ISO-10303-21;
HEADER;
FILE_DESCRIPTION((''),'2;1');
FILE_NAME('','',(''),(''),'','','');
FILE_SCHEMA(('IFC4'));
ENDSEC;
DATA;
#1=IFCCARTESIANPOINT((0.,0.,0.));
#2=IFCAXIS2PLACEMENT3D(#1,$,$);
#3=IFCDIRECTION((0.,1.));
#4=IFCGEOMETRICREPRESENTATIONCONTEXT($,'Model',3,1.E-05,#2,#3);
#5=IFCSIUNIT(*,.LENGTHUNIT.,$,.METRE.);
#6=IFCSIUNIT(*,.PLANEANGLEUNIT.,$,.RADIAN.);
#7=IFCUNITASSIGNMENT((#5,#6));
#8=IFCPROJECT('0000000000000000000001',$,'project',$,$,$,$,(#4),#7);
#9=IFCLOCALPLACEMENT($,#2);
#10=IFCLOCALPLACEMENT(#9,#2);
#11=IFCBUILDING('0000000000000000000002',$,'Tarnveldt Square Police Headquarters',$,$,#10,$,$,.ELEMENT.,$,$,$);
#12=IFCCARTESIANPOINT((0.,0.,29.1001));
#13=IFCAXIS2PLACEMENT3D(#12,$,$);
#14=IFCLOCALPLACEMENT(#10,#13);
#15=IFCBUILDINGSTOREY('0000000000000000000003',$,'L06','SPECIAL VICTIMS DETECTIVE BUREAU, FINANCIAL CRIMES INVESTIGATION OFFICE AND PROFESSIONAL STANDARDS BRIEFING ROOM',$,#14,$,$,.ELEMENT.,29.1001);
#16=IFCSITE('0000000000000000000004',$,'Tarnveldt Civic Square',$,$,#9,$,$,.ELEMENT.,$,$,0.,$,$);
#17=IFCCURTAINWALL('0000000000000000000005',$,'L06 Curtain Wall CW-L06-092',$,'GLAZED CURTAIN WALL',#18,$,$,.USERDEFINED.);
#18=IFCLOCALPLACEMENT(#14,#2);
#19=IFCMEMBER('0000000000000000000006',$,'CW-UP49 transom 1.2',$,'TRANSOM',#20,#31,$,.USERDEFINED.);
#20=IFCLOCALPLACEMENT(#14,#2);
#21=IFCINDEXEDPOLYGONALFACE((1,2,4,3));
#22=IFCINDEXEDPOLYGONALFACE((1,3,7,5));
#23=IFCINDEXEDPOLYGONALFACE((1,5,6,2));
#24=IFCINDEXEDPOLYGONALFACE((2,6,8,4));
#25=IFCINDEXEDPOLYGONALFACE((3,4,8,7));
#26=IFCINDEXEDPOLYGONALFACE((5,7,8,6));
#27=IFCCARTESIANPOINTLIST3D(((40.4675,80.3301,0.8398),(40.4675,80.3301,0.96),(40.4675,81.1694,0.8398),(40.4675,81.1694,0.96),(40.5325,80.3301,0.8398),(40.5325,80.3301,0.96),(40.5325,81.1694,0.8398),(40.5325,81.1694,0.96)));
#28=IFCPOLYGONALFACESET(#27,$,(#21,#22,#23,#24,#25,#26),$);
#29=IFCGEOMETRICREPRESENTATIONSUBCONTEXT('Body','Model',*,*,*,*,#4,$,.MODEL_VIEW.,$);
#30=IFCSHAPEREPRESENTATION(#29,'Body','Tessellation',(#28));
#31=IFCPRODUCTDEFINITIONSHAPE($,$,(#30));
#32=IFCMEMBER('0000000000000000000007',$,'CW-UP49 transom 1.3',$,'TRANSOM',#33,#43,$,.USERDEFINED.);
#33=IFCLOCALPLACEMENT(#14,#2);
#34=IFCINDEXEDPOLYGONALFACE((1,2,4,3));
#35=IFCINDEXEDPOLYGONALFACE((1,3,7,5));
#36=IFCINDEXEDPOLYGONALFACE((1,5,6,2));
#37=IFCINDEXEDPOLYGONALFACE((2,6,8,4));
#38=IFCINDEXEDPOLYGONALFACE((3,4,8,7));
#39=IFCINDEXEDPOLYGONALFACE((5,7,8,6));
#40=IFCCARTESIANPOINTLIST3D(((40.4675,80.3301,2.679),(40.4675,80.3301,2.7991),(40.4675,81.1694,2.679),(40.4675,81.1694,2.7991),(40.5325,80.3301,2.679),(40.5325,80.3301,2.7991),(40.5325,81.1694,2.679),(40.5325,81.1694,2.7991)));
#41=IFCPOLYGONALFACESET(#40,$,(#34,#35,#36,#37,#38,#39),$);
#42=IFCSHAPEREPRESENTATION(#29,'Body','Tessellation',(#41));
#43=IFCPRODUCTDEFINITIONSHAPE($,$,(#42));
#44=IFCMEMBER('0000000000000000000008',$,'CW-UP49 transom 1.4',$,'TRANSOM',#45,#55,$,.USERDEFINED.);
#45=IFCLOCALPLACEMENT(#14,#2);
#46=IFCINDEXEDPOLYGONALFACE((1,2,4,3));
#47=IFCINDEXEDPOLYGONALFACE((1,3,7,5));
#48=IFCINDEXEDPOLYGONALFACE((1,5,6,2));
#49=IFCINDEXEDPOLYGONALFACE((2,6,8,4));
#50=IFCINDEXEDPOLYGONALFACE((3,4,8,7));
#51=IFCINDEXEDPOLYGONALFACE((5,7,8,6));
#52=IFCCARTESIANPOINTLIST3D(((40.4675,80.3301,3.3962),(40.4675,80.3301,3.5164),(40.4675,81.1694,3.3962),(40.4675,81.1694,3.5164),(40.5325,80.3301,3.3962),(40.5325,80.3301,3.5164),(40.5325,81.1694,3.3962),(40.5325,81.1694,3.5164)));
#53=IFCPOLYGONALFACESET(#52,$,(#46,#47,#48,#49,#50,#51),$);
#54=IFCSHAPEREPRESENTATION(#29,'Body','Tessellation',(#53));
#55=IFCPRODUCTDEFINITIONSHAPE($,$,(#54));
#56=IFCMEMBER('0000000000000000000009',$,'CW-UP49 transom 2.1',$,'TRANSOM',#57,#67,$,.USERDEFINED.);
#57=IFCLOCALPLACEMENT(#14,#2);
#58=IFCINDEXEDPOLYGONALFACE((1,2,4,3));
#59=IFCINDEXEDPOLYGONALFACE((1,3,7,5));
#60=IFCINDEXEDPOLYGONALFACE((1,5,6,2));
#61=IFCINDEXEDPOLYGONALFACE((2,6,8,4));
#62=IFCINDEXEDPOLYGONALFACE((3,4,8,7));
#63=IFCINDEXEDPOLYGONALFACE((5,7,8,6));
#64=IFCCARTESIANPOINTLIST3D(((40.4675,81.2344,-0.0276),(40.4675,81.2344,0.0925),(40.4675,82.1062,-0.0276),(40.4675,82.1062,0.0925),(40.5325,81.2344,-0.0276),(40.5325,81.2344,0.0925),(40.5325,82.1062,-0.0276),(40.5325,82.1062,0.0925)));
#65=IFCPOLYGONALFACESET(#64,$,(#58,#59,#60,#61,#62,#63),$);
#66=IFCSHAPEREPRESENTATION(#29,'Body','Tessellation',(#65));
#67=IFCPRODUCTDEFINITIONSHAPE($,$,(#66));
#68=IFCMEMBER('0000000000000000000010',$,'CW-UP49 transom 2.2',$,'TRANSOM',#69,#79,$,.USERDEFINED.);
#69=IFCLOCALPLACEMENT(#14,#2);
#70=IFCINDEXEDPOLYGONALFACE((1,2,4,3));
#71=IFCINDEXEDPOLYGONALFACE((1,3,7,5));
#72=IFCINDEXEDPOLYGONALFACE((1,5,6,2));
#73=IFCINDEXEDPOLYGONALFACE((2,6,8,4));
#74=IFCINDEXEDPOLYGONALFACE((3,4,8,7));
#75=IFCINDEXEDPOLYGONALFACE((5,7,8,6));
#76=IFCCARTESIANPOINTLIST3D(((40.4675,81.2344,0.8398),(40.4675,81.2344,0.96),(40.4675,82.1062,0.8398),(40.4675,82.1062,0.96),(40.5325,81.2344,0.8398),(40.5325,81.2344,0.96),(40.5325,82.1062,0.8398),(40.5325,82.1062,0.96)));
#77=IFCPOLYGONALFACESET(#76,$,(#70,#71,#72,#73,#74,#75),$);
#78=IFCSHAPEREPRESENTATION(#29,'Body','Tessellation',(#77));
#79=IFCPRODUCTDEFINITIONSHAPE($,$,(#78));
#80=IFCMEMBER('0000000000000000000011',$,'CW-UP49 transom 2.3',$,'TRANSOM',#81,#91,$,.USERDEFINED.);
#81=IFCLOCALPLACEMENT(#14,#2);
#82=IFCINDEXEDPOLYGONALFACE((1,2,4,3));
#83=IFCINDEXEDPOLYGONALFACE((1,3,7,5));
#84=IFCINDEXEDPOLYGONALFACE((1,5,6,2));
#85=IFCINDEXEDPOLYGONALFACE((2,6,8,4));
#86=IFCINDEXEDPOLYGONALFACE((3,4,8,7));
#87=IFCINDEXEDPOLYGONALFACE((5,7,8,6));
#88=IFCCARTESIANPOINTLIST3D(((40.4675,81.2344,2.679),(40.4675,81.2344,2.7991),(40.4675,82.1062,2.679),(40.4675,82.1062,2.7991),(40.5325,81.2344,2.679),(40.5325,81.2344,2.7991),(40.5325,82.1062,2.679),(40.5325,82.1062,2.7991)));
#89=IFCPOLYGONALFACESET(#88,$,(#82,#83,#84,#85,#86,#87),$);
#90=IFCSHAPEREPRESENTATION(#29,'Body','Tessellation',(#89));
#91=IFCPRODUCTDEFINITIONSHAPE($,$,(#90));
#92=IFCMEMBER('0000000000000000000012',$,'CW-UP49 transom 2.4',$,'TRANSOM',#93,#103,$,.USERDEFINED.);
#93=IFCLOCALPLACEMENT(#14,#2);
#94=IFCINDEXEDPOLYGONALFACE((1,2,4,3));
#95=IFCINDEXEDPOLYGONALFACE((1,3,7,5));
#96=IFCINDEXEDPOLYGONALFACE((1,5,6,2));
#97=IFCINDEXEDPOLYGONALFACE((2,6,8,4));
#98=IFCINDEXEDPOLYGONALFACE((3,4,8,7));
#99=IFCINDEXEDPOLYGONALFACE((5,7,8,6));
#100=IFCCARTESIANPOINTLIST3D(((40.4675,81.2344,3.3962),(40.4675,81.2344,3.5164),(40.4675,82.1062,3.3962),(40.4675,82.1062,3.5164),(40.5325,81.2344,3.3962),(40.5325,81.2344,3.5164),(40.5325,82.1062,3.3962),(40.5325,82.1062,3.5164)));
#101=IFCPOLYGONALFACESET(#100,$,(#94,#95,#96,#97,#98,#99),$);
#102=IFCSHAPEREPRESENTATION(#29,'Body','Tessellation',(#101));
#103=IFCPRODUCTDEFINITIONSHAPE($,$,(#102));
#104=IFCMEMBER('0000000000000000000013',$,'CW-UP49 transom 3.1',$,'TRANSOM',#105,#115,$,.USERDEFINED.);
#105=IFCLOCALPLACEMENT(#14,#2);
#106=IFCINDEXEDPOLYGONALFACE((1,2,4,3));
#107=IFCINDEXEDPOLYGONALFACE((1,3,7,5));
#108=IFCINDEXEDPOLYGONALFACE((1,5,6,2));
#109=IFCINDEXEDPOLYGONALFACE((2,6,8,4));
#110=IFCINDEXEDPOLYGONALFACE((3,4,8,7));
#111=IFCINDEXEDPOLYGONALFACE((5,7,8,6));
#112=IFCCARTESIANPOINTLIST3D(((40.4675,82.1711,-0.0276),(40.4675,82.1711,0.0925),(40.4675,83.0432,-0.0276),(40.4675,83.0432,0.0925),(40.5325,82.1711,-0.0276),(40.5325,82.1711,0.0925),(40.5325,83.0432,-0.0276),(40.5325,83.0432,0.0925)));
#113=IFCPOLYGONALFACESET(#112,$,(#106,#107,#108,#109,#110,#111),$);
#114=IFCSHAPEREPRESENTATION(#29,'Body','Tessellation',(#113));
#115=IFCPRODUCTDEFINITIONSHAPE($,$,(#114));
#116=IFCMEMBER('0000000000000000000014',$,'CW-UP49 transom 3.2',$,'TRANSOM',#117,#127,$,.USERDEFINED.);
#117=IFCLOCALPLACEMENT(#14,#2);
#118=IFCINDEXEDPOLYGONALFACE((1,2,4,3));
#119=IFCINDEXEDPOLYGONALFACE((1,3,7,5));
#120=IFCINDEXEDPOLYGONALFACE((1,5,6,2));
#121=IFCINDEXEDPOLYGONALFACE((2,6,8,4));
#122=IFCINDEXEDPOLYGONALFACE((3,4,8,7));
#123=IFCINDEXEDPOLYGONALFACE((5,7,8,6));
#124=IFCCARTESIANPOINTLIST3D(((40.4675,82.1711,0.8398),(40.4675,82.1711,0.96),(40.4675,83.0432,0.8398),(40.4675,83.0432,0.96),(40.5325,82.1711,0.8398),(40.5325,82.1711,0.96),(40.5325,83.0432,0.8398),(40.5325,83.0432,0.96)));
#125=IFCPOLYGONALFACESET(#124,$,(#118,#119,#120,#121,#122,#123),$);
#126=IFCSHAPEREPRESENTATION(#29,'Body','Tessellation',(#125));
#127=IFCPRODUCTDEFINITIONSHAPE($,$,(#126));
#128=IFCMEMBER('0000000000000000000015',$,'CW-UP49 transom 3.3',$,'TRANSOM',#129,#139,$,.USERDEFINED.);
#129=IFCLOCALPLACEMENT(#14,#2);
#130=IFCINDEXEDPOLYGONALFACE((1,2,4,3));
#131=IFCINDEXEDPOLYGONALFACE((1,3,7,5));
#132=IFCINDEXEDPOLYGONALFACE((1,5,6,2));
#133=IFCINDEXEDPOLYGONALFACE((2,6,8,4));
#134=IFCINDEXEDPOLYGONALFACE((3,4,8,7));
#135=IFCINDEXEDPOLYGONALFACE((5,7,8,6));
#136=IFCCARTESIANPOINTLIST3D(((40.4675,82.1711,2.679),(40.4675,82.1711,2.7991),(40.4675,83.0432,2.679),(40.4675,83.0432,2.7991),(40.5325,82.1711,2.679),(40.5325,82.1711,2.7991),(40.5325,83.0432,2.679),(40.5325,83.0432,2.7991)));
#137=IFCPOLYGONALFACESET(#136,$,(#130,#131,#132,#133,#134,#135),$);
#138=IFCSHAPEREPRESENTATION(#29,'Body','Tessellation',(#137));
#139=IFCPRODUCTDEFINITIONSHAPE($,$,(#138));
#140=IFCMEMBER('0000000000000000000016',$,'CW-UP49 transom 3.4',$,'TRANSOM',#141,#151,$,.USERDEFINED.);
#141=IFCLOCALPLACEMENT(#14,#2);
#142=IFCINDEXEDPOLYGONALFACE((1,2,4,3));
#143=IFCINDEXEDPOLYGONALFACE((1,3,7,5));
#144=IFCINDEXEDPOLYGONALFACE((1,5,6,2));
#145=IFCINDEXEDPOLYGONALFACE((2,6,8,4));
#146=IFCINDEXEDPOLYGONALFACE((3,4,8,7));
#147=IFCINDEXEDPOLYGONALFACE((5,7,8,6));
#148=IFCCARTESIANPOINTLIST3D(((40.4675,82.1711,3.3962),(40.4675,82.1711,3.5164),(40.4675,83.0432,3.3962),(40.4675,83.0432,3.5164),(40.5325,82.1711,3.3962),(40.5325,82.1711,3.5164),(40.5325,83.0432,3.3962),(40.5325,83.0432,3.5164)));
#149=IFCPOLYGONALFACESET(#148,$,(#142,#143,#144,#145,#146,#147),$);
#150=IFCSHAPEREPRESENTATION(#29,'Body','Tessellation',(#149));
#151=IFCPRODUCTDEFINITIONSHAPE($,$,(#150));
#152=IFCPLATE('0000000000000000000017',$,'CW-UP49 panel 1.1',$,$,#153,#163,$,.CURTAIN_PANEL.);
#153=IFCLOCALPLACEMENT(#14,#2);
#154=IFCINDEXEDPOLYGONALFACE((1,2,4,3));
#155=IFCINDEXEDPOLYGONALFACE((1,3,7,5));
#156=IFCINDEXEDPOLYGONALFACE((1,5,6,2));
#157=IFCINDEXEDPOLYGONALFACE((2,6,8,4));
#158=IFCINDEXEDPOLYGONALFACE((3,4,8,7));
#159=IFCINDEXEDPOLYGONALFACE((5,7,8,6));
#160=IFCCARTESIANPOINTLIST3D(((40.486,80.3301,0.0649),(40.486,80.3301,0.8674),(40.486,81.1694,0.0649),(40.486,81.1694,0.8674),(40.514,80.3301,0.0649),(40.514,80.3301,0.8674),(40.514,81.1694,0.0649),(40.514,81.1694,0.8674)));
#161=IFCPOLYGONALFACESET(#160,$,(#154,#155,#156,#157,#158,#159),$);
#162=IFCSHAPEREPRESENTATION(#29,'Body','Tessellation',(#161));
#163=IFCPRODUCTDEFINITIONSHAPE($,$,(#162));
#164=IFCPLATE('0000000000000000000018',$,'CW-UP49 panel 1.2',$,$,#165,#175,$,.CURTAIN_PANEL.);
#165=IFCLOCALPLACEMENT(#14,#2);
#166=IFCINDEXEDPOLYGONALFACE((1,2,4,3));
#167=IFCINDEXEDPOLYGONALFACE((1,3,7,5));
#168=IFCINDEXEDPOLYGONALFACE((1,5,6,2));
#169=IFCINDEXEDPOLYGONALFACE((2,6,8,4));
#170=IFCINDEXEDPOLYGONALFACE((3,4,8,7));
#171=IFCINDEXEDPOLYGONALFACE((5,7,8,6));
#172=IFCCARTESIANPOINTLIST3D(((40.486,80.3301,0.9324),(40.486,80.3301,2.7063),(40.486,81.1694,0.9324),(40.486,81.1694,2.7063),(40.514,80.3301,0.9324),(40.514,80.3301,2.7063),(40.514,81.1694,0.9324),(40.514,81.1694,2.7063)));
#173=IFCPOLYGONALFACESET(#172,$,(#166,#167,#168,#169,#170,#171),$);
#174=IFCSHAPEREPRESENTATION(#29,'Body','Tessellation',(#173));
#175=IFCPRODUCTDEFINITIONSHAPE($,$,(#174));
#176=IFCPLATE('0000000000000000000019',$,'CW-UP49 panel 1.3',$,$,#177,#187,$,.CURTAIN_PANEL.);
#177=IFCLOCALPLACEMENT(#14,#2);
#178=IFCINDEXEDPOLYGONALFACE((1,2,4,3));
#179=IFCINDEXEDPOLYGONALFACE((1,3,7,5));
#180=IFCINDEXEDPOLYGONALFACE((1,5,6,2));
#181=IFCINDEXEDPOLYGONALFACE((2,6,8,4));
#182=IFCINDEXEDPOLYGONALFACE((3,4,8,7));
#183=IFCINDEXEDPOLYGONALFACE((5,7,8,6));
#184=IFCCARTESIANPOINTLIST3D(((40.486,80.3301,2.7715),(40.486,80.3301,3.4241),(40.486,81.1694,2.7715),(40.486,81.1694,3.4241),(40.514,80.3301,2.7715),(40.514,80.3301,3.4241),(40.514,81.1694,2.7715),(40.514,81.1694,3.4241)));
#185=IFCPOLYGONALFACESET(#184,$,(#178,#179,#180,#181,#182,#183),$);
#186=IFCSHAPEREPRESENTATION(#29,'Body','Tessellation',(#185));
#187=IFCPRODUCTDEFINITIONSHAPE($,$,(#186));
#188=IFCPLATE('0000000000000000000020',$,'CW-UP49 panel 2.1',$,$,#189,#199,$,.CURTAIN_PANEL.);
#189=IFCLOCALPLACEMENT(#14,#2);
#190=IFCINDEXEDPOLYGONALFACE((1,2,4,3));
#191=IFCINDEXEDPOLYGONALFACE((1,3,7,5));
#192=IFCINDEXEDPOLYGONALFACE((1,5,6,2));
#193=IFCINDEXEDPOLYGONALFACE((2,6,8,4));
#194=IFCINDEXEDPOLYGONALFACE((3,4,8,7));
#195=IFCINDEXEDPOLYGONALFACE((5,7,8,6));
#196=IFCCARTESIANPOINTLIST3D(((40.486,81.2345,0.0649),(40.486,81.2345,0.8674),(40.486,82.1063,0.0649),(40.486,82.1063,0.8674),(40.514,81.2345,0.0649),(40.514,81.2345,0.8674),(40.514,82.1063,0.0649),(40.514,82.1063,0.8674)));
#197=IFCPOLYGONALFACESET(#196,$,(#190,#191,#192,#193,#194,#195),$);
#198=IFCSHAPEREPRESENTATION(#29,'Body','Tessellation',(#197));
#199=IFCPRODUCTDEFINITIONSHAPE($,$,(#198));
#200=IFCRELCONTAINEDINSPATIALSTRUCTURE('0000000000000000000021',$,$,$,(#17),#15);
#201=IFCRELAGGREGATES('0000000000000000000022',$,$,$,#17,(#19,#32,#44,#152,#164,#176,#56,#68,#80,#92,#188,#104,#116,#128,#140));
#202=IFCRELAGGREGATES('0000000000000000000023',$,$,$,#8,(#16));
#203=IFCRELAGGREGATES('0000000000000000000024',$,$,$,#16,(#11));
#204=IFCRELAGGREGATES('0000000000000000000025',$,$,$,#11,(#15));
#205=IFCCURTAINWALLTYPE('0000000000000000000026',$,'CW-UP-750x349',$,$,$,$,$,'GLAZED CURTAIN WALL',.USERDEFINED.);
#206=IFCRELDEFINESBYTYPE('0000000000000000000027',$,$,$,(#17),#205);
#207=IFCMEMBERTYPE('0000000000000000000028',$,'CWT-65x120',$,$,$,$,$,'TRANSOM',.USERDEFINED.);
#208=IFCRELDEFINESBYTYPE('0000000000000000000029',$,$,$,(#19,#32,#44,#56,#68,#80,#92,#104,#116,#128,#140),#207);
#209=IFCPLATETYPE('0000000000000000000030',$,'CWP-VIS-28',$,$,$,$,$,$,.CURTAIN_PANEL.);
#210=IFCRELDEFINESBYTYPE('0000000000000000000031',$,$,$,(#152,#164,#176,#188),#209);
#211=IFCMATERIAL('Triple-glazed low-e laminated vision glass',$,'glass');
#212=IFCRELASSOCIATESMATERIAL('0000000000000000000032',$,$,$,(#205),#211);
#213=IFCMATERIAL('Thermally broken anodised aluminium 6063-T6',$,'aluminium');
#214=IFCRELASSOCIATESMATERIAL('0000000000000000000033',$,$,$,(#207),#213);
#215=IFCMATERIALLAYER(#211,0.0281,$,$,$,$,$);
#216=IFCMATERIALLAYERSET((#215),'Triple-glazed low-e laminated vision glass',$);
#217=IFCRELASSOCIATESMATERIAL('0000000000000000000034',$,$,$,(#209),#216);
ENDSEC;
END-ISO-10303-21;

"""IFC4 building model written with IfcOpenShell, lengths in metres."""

from ifc_helpers import new_model, si_unit, direction, frame, origin, origin_2d, place, context, subcontext, project, spatial, rectangle, extrude, material, layer, layer_set, material_profile, profile_set, type_object, element, aggregate, save


model = new_model("IFC4")

# Units and contexts
model_context = context("Model", 3, precision=1e-05, world=origin(), true_north=direction((0.0, 1.0)))
body_context = subcontext(model_context, "Body", "Model", "MODEL_VIEW")
ifc_project = project(units=[si_unit("LENGTHUNIT", "METRE"), si_unit("PLANEANGLEUNIT", "RADIAN")], contexts=[model_context])

# Site, building, storey
site_placement = place(None, origin())
site = spatial("IfcSite", under=ifc_project, at=site_placement, Name="Tarnveldt Civic Square", CompositionType="ELEMENT", RefElevation=0.0)
building_placement = place(site_placement, origin())
building = spatial("IfcBuilding", under=site, at=building_placement, Name="Tarnveldt Square Police Headquarters", CompositionType="ELEMENT")
storey_placement = place(building_placement, frame((0.0, 0.0, 29.1001)))
storey = spatial("IfcBuildingStorey", under=building, at=storey_placement, Name="L06", Description="SPECIAL VICTIMS DETECTIVE BUREAU, FINANCIAL CRIMES INVESTIGATION OFFICE AND PROFESSIONAL STANDARDS BRIEFING ROOM", CompositionType="ELEMENT", Elevation=29.1001)

# Curtain wall, members, plates
ifc_material_1 = material(Name="Triple-glazed low-e laminated vision glass", Category="glass")
curtain_wall_type = type_object("IfcCurtainWallType", Name="CW-UP-750x349", ElementType="GLAZED CURTAIN WALL", PredefinedType="USERDEFINED", material=ifc_material_1)
curtain_wall_placement = place(storey_placement, origin())
curtain_wall = element("IfcCurtainWall", 1, at=curtain_wall_placement, inside=storey, type_object=curtain_wall_type, Name="L06 Curtain Wall CW-L06-092", ObjectType="GLAZED CURTAIN WALL", PredefinedType="USERDEFINED")
ifc_material_2 = material(Name="Thermally broken anodised aluminium 6063-T6", Category="aluminium")
ifc_material_profile_1 = material_profile(ifc_material_2, rectangle(XDim=0.0649, YDim=0.1201, at=origin_2d()), Name="CW-T65x120")
ifc_profile_set_1 = profile_set([ifc_material_profile_1], Name="Thermally broken anodised aluminium 6063-T6")
member_type_1 = type_object("IfcMemberType", Name="CWT-65x120", ElementType="TRANSOM", PredefinedType="USERDEFINED", material=ifc_profile_set_1)
member_1_placement = place(storey_placement, frame((40.5, 80.3301, 0.8999), z_axis=(0.0, 1.0, 0.0), x_axis=(-1.0, 0.0, 0.0)))
member_1 = element("IfcMember", 2, at=member_1_placement, type_object=member_type_1, Name="CW-UP49 transom 1.2", ObjectType="TRANSOM", PredefinedType="USERDEFINED", context=body_context, shape_type="SweptSolid", body=[
    extrude(rectangle(XDim=0.0649, YDim=0.1201, at=origin_2d()), origin(), (0.0, 0.0, 1.0), 0.8394),
])
member_2_placement = place(storey_placement, frame((40.5, 80.3301, 2.739), z_axis=(0.0, 1.0, 0.0), x_axis=(-1.0, 0.0, 0.0)))
member_2 = element("IfcMember", 3, at=member_2_placement, type_object=member_type_1, Name="CW-UP49 transom 1.3", ObjectType="TRANSOM", PredefinedType="USERDEFINED", context=body_context, shape_type="SweptSolid", body=[
    extrude(rectangle(XDim=0.0649, YDim=0.1201, at=origin_2d()), origin(), (0.0, 0.0, 1.0), 0.8394),
])
member_3_placement = place(storey_placement, frame((40.5, 80.3301, 3.4563), z_axis=(0.0, 1.0, 0.0), x_axis=(-1.0, 0.0, 0.0)))
member_3 = element("IfcMember", 4, at=member_3_placement, type_object=member_type_1, Name="CW-UP49 transom 1.4", ObjectType="TRANSOM", PredefinedType="USERDEFINED", context=body_context, shape_type="SweptSolid", body=[
    extrude(rectangle(XDim=0.0649, YDim=0.1201, at=origin_2d()), origin(), (0.0, 0.0, 1.0), 0.8394),
])
member_4_placement = place(storey_placement, frame((40.5, 81.2344, 0.0325), z_axis=(0.0, 1.0, 0.0), x_axis=(-1.0, 0.0, 0.0)))
member_4 = element("IfcMember", 5, at=member_4_placement, type_object=member_type_1, Name="CW-UP49 transom 2.1", ObjectType="TRANSOM", PredefinedType="USERDEFINED", context=body_context, shape_type="SweptSolid", body=[
    extrude(rectangle(XDim=0.0649, YDim=0.1201, at=origin_2d()), origin(), (0.0, 0.0, 1.0), 0.8718),
])
member_5_placement = place(storey_placement, frame((40.5, 81.2344, 0.8999), z_axis=(0.0, 1.0, 0.0), x_axis=(-1.0, 0.0, 0.0)))
member_5 = element("IfcMember", 6, at=member_5_placement, type_object=member_type_1, Name="CW-UP49 transom 2.2", ObjectType="TRANSOM", PredefinedType="USERDEFINED", context=body_context, shape_type="SweptSolid", body=[
    extrude(rectangle(XDim=0.0649, YDim=0.1201, at=origin_2d()), origin(), (0.0, 0.0, 1.0), 0.8718),
])
member_6_placement = place(storey_placement, frame((40.5, 81.2344, 2.739), z_axis=(0.0, 1.0, 0.0), x_axis=(-1.0, 0.0, 0.0)))
member_6 = element("IfcMember", 7, at=member_6_placement, type_object=member_type_1, Name="CW-UP49 transom 2.3", ObjectType="TRANSOM", PredefinedType="USERDEFINED", context=body_context, shape_type="SweptSolid", body=[
    extrude(rectangle(XDim=0.0649, YDim=0.1201, at=origin_2d()), origin(), (0.0, 0.0, 1.0), 0.8718),
])
member_7_placement = place(storey_placement, frame((40.5, 81.2344, 3.4563), z_axis=(0.0, 1.0, 0.0), x_axis=(-1.0, 0.0, 0.0)))
member_7 = element("IfcMember", 8, at=member_7_placement, type_object=member_type_1, Name="CW-UP49 transom 2.4", ObjectType="TRANSOM", PredefinedType="USERDEFINED", context=body_context, shape_type="SweptSolid", body=[
    extrude(rectangle(XDim=0.0649, YDim=0.1201, at=origin_2d()), origin(), (0.0, 0.0, 1.0), 0.8718),
])
member_8_placement = place(storey_placement, frame((40.5, 82.1711, 0.0325), z_axis=(0.0, 1.0, 0.0), x_axis=(-1.0, 0.0, 0.0)))
member_8 = element("IfcMember", 9, at=member_8_placement, type_object=member_type_1, Name="CW-UP49 transom 3.1", ObjectType="TRANSOM", PredefinedType="USERDEFINED", context=body_context, shape_type="SweptSolid", body=[
    extrude(rectangle(XDim=0.0649, YDim=0.1201, at=origin_2d()), origin(), (0.0, 0.0, 1.0), 0.8721),
])
member_9_placement = place(storey_placement, frame((40.5, 82.1711, 0.8999), z_axis=(0.0, 1.0, 0.0), x_axis=(-1.0, 0.0, 0.0)))
member_9 = element("IfcMember", 10, at=member_9_placement, type_object=member_type_1, Name="CW-UP49 transom 3.2", ObjectType="TRANSOM", PredefinedType="USERDEFINED", context=body_context, shape_type="SweptSolid", body=[
    extrude(rectangle(XDim=0.0649, YDim=0.1201, at=origin_2d()), origin(), (0.0, 0.0, 1.0), 0.8721),
])
member_10_placement = place(storey_placement, frame((40.5, 82.1711, 2.739), z_axis=(0.0, 1.0, 0.0), x_axis=(-1.0, 0.0, 0.0)))
member_10 = element("IfcMember", 11, at=member_10_placement, type_object=member_type_1, Name="CW-UP49 transom 3.3", ObjectType="TRANSOM", PredefinedType="USERDEFINED", context=body_context, shape_type="SweptSolid", body=[
    extrude(rectangle(XDim=0.0649, YDim=0.1201, at=origin_2d()), origin(), (0.0, 0.0, 1.0), 0.8721),
])
member_11_placement = place(storey_placement, frame((40.5, 82.1711, 3.4563), z_axis=(0.0, 1.0, 0.0), x_axis=(-1.0, 0.0, 0.0)))
member_11 = element("IfcMember", 12, at=member_11_placement, type_object=member_type_1, Name="CW-UP49 transom 3.4", ObjectType="TRANSOM", PredefinedType="USERDEFINED", context=body_context, shape_type="SweptSolid", body=[
    extrude(rectangle(XDim=0.0649, YDim=0.1201, at=origin_2d()), origin(), (0.0, 0.0, 1.0), 0.8721),
])
ifc_layer_1 = layer(ifc_material_1, 0.0281)
ifc_layer_set_1 = layer_set([ifc_layer_1], Name="Triple-glazed low-e laminated vision glass")
plate_type = type_object("IfcPlateType", Name="CWP-VIS-28", PredefinedType="CURTAIN_PANEL", material=ifc_layer_set_1)
plate_1_placement = place(storey_placement, frame((40.5, 80.7498, 0.0649), z_axis=(0.0, 0.0, 1.0), x_axis=(0.0, 1.0, 0.0)))
plate_1 = element("IfcPlate", 13, at=plate_1_placement, type_object=plate_type, Name="CW-UP49 panel 1.1", PredefinedType="CURTAIN_PANEL", context=body_context, shape_type="SweptSolid", body=[
    extrude(rectangle(XDim=0.8394, YDim=0.0281, at=origin_2d()), origin(), (0.0, 0.0, 1.0), 0.8025),
])
plate_2_placement = place(storey_placement, frame((40.5, 80.7498, 0.9324), z_axis=(0.0, 0.0, 1.0), x_axis=(0.0, 1.0, 0.0)))
plate_2 = element("IfcPlate", 14, at=plate_2_placement, type_object=plate_type, Name="CW-UP49 panel 1.2", PredefinedType="CURTAIN_PANEL", context=body_context, shape_type="SweptSolid", body=[
    extrude(rectangle(XDim=0.8394, YDim=0.0281, at=origin_2d()), origin(), (0.0, 0.0, 1.0), 1.7739),
])
plate_3_placement = place(storey_placement, frame((40.5, 80.7498, 2.7715), z_axis=(0.0, 0.0, 1.0), x_axis=(0.0, 1.0, 0.0)))
plate_3 = element("IfcPlate", 15, at=plate_3_placement, type_object=plate_type, Name="CW-UP49 panel 1.3", PredefinedType="CURTAIN_PANEL", context=body_context, shape_type="SweptSolid", body=[
    extrude(rectangle(XDim=0.8394, YDim=0.0281, at=origin_2d()), origin(), (0.0, 0.0, 1.0), 0.6526),
])
plate_4_placement = place(storey_placement, frame((40.5, 81.6704, 0.0649), z_axis=(0.0, 0.0, 1.0), x_axis=(0.0, 1.0, 0.0)))
plate_4 = element("IfcPlate", 16, at=plate_4_placement, type_object=plate_type, Name="CW-UP49 panel 2.1", PredefinedType="CURTAIN_PANEL", context=body_context, shape_type="SweptSolid", body=[
    extrude(rectangle(XDim=0.8718, YDim=0.0281, at=origin_2d()), origin(), (0.0, 0.0, 1.0), 0.8025),
])
aggregate(curtain_wall, [member_1, member_2, member_3, plate_1, plate_2, plate_3, member_4, member_5, member_6, member_7, plate_4, member_8, member_9, member_10, member_11])

save(model, "model.ifc")
